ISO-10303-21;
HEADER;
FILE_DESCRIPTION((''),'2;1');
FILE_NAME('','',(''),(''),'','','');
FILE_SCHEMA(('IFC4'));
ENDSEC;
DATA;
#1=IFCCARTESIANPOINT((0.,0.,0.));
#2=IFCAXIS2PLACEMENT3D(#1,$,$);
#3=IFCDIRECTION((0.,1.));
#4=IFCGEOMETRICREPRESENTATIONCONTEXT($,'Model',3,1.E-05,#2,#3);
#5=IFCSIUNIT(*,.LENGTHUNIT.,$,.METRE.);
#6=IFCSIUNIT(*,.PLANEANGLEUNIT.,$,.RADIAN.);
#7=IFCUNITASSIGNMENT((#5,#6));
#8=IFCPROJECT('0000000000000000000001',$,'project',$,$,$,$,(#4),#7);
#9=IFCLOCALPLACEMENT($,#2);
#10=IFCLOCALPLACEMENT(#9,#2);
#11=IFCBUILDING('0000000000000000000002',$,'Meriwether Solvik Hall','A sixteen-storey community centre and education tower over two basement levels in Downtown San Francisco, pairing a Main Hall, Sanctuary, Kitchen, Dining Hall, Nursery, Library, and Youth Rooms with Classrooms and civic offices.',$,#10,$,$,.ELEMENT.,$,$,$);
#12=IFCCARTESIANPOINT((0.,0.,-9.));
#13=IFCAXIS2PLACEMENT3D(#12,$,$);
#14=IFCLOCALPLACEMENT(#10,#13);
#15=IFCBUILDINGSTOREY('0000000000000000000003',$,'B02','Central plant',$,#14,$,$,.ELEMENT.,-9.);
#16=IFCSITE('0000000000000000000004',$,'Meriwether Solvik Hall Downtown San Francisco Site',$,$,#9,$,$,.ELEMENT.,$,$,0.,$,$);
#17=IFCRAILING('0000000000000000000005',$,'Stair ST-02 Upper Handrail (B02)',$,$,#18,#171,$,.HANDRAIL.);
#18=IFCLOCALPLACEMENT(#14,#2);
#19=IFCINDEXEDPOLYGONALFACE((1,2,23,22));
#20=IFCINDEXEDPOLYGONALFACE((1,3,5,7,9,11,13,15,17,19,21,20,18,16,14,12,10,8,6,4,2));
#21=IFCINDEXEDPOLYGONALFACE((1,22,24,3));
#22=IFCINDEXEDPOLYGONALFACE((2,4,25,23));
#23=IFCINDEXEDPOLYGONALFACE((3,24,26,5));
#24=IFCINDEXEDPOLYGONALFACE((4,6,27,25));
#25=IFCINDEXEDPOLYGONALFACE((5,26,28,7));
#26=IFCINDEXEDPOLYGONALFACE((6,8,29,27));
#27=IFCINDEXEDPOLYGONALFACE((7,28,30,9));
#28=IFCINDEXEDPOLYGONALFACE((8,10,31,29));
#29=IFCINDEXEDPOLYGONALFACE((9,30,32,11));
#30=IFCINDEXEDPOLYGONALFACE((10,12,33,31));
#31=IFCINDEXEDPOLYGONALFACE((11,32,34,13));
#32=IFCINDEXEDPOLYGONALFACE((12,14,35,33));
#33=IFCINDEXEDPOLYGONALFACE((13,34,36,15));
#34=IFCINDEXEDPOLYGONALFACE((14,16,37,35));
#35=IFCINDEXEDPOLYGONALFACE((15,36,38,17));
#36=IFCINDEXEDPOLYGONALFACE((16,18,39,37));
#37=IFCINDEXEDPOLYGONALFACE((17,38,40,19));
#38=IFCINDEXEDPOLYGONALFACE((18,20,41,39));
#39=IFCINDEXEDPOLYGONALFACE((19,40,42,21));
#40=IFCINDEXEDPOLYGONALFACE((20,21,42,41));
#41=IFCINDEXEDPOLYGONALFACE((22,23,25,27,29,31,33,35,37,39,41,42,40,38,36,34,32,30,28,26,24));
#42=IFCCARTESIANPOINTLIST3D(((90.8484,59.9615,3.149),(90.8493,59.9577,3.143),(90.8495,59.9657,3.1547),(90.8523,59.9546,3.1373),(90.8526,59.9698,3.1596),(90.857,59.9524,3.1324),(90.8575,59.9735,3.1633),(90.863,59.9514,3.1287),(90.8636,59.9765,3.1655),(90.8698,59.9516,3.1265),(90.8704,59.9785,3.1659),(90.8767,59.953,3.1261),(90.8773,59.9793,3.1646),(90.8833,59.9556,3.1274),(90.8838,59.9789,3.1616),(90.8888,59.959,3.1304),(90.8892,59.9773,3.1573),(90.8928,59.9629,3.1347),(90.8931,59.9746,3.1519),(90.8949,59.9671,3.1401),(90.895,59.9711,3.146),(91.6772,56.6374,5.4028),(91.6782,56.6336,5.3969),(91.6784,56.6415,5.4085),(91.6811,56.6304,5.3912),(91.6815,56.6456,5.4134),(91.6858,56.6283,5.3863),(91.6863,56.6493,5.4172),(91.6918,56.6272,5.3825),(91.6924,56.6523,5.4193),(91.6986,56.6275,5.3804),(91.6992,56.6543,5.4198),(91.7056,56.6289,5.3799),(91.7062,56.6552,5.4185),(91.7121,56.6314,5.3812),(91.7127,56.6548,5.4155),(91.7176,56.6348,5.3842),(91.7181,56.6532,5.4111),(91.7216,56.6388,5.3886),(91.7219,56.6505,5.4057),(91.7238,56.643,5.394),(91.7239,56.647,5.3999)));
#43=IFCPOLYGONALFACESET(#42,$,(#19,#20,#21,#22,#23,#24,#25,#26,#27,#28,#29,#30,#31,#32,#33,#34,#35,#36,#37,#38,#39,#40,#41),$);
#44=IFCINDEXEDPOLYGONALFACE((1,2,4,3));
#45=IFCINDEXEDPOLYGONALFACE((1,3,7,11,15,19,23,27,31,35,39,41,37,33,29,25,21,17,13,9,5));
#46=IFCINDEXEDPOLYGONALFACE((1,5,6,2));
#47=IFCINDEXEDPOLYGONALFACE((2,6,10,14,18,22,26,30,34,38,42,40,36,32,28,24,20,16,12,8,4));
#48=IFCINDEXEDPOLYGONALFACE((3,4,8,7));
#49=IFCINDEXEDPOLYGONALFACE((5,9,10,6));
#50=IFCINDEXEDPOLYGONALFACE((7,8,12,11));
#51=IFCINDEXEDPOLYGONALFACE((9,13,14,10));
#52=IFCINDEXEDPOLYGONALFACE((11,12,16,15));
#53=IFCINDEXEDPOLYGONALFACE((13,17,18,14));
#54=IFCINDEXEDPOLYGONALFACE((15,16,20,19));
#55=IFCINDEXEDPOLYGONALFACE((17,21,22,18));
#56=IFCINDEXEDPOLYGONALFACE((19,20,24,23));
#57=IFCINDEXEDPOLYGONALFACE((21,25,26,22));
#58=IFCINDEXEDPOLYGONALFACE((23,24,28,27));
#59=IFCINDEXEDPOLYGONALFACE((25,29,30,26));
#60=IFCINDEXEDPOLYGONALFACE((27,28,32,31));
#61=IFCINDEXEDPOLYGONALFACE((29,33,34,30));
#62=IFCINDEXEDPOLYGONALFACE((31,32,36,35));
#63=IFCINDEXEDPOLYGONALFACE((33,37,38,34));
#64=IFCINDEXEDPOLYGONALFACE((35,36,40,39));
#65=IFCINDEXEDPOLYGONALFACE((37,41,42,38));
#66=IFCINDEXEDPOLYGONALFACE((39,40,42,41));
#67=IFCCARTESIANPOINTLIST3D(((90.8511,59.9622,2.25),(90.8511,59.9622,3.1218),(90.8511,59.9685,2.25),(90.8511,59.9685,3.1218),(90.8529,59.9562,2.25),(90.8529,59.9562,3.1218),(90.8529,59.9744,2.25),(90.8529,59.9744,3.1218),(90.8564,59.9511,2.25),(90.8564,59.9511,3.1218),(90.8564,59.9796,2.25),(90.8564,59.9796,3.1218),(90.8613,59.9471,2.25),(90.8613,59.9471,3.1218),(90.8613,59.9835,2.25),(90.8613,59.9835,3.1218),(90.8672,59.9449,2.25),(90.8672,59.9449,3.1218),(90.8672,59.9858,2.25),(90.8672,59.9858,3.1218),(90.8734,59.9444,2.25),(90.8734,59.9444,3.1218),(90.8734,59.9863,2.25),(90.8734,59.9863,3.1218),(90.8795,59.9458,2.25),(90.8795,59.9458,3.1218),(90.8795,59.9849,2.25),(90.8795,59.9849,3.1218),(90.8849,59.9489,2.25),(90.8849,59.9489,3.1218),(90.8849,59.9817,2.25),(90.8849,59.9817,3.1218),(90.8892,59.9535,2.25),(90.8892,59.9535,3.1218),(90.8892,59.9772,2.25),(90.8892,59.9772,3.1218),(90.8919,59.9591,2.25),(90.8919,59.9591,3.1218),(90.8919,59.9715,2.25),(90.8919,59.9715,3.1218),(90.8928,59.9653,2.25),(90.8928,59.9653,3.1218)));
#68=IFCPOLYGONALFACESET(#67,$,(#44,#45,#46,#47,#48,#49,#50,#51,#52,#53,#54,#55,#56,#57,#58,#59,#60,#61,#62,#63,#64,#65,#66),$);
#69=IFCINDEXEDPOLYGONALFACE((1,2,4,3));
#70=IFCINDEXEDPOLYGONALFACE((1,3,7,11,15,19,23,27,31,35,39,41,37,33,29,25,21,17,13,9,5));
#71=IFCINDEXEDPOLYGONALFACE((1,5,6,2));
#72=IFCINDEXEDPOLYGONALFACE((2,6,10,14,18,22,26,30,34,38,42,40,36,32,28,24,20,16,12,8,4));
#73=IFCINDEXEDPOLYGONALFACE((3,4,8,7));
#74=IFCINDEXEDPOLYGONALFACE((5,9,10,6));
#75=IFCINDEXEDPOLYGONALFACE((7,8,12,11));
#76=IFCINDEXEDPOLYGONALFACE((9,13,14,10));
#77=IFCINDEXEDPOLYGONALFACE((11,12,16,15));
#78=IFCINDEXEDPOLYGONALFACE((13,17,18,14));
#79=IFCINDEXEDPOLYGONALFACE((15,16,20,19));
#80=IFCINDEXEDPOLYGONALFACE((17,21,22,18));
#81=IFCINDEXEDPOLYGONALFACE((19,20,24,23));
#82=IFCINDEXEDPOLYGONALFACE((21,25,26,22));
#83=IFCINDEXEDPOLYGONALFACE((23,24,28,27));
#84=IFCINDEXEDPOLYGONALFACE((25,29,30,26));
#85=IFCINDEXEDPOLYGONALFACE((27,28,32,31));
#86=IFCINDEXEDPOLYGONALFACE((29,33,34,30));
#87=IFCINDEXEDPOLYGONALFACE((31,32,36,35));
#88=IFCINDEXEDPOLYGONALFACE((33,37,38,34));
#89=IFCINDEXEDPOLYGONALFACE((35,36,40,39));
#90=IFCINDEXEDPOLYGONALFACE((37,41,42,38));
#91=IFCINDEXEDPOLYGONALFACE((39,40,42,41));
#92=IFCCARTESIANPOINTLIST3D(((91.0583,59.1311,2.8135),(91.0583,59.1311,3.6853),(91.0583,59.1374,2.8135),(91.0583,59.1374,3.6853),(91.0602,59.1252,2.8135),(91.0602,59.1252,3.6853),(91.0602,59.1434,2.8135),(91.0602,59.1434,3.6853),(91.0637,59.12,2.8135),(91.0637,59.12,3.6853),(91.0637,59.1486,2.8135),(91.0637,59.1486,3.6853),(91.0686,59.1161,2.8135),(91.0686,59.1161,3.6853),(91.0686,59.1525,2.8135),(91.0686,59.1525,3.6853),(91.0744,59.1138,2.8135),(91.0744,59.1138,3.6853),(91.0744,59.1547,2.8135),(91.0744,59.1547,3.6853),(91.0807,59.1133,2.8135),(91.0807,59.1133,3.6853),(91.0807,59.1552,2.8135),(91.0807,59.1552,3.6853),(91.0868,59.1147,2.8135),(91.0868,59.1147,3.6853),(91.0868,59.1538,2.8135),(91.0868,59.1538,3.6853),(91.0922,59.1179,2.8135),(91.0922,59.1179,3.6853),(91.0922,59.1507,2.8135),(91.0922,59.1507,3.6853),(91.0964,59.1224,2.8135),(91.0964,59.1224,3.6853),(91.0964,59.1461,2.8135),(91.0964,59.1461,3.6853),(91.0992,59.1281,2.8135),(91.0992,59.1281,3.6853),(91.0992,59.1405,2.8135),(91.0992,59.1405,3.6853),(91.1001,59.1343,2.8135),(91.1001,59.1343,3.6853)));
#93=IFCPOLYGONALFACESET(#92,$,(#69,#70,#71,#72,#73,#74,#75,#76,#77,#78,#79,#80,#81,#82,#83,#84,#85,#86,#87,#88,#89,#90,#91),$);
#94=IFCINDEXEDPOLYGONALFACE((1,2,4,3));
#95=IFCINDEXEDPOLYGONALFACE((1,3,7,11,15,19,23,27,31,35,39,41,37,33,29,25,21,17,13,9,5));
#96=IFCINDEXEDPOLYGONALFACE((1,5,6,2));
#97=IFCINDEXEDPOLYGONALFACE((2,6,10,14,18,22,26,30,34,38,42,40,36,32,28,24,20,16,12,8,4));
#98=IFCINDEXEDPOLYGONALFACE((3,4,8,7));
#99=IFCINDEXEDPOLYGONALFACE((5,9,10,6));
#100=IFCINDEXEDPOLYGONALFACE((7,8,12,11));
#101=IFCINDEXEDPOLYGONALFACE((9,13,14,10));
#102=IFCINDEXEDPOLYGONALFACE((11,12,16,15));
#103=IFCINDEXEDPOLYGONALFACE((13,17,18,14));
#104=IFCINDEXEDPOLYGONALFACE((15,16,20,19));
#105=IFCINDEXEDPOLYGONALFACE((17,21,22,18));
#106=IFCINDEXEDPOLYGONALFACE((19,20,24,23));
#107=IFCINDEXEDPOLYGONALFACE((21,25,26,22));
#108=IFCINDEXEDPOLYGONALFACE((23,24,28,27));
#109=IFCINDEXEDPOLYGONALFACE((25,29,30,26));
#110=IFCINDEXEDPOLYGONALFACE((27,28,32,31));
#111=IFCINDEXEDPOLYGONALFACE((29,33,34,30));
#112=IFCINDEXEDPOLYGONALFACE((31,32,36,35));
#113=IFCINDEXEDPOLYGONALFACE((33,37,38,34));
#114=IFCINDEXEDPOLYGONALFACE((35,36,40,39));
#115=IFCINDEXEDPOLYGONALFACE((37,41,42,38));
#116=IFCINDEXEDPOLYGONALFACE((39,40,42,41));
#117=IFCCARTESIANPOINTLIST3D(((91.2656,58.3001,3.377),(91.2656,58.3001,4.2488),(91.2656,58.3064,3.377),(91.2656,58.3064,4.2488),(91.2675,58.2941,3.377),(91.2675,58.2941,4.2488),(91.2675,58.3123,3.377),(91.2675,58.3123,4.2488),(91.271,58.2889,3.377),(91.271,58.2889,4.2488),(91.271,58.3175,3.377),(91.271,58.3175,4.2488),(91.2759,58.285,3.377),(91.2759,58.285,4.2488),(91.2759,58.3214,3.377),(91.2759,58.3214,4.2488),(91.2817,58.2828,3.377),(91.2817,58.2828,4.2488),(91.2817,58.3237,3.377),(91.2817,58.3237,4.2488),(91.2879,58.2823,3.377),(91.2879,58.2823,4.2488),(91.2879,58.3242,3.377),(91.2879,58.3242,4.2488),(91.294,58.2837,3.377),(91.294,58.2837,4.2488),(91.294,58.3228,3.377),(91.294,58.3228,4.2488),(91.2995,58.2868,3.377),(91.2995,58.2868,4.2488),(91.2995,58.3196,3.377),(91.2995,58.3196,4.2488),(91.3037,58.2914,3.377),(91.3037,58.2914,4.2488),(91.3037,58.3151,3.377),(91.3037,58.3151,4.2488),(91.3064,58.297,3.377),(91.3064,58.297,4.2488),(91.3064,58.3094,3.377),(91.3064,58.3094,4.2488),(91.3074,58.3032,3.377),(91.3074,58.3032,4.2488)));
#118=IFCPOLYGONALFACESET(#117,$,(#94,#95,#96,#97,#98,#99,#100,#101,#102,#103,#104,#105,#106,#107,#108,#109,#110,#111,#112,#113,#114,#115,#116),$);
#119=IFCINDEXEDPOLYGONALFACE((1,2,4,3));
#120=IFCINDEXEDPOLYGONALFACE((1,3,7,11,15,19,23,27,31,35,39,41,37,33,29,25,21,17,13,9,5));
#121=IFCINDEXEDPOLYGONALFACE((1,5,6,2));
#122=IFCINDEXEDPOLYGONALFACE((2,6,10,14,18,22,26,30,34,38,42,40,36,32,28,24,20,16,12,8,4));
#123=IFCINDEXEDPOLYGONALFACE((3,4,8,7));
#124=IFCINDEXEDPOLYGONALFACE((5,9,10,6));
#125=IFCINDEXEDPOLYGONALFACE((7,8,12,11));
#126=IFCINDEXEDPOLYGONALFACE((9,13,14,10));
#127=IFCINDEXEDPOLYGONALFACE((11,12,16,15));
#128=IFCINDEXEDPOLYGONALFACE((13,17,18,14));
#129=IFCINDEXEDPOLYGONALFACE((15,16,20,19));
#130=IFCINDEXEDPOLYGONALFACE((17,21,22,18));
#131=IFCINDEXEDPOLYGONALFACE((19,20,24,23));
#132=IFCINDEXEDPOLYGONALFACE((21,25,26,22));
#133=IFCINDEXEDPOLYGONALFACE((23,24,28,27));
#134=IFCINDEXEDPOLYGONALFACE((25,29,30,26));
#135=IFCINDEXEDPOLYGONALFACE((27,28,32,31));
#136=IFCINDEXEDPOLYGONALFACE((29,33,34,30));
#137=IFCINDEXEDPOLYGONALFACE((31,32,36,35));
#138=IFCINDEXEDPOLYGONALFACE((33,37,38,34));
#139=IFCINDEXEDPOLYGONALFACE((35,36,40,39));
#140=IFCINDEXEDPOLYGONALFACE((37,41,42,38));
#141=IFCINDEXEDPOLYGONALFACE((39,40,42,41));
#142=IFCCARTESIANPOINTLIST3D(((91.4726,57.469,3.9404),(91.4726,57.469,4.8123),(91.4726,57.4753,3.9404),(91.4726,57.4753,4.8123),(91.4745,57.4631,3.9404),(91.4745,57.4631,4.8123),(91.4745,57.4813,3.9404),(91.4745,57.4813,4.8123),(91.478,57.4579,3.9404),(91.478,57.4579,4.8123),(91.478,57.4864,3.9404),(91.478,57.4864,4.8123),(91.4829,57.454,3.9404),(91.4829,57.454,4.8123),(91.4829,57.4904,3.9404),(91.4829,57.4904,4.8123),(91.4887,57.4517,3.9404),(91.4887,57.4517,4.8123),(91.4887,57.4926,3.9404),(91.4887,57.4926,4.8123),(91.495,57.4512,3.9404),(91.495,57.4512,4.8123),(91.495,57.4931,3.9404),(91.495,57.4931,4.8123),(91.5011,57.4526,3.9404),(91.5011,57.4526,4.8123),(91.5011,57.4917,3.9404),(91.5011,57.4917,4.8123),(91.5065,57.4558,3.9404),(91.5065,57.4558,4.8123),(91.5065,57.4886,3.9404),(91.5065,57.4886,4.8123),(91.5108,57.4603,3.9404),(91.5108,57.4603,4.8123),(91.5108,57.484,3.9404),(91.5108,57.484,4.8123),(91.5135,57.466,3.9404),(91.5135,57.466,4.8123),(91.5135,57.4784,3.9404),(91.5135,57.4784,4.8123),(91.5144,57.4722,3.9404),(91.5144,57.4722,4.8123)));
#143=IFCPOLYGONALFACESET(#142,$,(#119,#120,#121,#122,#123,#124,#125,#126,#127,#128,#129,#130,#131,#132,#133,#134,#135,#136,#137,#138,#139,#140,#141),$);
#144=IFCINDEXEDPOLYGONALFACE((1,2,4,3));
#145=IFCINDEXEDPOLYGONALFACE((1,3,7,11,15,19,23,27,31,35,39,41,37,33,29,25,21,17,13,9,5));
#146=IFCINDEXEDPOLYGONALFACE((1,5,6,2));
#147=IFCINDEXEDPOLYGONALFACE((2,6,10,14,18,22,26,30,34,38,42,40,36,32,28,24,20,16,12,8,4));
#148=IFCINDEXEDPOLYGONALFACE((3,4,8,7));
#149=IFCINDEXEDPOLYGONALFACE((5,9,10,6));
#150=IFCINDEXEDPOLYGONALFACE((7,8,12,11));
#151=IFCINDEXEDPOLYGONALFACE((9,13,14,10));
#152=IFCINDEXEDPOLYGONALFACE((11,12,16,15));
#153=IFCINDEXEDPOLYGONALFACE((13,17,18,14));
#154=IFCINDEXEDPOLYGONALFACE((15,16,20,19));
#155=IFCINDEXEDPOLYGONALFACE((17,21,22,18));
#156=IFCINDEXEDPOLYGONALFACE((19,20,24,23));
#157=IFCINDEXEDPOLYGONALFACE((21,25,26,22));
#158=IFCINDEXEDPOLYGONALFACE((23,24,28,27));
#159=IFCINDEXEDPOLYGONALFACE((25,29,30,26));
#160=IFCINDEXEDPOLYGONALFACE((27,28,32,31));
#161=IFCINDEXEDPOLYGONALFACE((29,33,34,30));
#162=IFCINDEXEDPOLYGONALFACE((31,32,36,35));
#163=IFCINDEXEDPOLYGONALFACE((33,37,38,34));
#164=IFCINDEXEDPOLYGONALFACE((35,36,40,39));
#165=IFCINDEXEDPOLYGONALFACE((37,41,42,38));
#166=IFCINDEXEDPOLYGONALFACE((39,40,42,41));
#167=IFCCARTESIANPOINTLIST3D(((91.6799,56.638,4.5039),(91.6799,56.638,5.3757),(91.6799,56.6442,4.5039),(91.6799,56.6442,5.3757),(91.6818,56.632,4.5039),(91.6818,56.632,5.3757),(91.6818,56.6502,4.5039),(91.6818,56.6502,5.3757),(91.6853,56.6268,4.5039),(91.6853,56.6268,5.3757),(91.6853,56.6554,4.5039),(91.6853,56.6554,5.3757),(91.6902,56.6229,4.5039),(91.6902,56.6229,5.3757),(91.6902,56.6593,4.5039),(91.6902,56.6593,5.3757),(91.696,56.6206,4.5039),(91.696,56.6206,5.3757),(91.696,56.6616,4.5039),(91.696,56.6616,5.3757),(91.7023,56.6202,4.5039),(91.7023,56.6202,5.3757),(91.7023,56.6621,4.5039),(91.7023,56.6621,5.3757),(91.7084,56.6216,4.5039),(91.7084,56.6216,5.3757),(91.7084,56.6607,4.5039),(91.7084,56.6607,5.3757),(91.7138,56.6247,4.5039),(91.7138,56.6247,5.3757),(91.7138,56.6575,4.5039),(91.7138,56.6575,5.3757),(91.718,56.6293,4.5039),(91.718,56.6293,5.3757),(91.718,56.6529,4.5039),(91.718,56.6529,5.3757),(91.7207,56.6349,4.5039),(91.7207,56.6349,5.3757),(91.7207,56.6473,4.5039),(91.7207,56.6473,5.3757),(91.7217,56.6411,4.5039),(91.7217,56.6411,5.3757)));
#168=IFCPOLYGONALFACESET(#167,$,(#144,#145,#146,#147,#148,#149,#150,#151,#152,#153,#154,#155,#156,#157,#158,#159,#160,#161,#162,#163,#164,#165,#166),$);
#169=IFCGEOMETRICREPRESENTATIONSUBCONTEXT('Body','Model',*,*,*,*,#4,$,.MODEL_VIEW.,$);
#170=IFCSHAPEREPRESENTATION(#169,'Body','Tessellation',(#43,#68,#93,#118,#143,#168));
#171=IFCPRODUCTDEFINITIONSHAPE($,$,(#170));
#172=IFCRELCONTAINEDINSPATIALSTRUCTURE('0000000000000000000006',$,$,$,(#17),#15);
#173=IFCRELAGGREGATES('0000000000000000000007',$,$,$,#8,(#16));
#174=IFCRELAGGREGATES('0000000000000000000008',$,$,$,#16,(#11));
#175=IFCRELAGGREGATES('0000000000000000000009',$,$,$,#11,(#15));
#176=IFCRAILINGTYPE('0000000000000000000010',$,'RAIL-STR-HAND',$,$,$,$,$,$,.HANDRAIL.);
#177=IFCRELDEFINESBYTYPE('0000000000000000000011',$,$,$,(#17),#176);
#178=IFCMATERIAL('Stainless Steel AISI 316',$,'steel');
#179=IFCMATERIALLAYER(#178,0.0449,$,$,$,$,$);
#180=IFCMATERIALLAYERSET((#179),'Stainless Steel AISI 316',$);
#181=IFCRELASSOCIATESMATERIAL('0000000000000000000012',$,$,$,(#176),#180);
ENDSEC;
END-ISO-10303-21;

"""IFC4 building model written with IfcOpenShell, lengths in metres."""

from ifc_helpers import new_model, si_unit, direction, frame, origin, origin_2d, place, context, subcontext, project, spatial, circle, extrude, material, layer, layer_set, type_object, element, save


model = new_model("IFC4")

# Units and contexts
model_context = context("Model", 3, precision=1e-05, world=origin(), true_north=direction((0.0, 1.0)))
body_context = subcontext(model_context, "Body", "Model", "MODEL_VIEW")
ifc_project = project(units=[si_unit("LENGTHUNIT", "METRE"), si_unit("PLANEANGLEUNIT", "RADIAN")], contexts=[model_context])

# Site, building, storey
site_placement = place(None, origin())
site = spatial("IfcSite", under=ifc_project, at=site_placement, Name="Meriwether Solvik Hall Downtown San Francisco Site", CompositionType="ELEMENT", RefElevation=0.0)
building_placement = place(site_placement, origin())
building = spatial("IfcBuilding", under=site, at=building_placement, Name="Meriwether Solvik Hall", Description="A sixteen-storey community centre and education tower over two basement levels in Downtown San Francisco, pairing a Main Hall, Sanctuary, Kitchen, Dining Hall, Nursery, Library, and Youth Rooms with Classrooms and civic offices.", CompositionType="ELEMENT")
storey_placement = place(building_placement, frame((0.0, 0.0, -9.0)))
storey = spatial("IfcBuildingStorey", under=building, at=storey_placement, Name="B02", Description="Central plant", CompositionType="ELEMENT", Elevation=-9.0)

# Railing
ifc_material_1 = material(Name="Stainless Steel AISI 316", Category="steel")
ifc_layer_1 = layer(ifc_material_1, 0.0449)
ifc_layer_set_1 = layer_set([ifc_layer_1], Name="Stainless Steel AISI 316")
railing_type_1 = type_object("IfcRailingType", Name="RAIL-STR-HAND", PredefinedType="HANDRAIL", material=ifc_layer_set_1)
railing_1_placement = place(storey_placement, frame((90.8718, 59.9653, 2.25)))
element("IfcRailing", 1, at=railing_1_placement, inside=storey, type_object=railing_type_1, Name="Stair ST-02 Upper Handrail (B02)", PredefinedType="HANDRAIL", context=body_context, shape_type="SweptSolid", body=[
    extrude(circle(Radius=0.0239, at=origin_2d()), frame((0.0, 0.0, 0.896), z_axis=(0.202115, -0.810604, 0.54961), x_axis=(0.970293, 0.241932, 0.0)), (0.0, 0.0, 1.0), 4.1008),
    extrude(circle(Radius=0.021, at=origin_2d()), origin(), (0.0, 0.0, 1.0), 0.8718),
    extrude(circle(Radius=0.021, at=origin_2d()), frame((0.2073, -0.8311, 0.5635)), (0.0, 0.0, 1.0), 0.8718),
    extrude(circle(Radius=0.021, at=origin_2d()), frame((0.4146, -1.6621, 1.127)), (0.0, 0.0, 1.0), 0.8718),
    extrude(circle(Radius=0.021, at=origin_2d()), frame((0.6216, -2.4932, 1.6904)), (0.0, 0.0, 1.0), 0.8718),
    extrude(circle(Radius=0.021, at=origin_2d()), frame((0.8289, -3.3242, 2.2539)), (0.0, 0.0, 1.0), 0.8718),
])

save(model, "model.ifc")
